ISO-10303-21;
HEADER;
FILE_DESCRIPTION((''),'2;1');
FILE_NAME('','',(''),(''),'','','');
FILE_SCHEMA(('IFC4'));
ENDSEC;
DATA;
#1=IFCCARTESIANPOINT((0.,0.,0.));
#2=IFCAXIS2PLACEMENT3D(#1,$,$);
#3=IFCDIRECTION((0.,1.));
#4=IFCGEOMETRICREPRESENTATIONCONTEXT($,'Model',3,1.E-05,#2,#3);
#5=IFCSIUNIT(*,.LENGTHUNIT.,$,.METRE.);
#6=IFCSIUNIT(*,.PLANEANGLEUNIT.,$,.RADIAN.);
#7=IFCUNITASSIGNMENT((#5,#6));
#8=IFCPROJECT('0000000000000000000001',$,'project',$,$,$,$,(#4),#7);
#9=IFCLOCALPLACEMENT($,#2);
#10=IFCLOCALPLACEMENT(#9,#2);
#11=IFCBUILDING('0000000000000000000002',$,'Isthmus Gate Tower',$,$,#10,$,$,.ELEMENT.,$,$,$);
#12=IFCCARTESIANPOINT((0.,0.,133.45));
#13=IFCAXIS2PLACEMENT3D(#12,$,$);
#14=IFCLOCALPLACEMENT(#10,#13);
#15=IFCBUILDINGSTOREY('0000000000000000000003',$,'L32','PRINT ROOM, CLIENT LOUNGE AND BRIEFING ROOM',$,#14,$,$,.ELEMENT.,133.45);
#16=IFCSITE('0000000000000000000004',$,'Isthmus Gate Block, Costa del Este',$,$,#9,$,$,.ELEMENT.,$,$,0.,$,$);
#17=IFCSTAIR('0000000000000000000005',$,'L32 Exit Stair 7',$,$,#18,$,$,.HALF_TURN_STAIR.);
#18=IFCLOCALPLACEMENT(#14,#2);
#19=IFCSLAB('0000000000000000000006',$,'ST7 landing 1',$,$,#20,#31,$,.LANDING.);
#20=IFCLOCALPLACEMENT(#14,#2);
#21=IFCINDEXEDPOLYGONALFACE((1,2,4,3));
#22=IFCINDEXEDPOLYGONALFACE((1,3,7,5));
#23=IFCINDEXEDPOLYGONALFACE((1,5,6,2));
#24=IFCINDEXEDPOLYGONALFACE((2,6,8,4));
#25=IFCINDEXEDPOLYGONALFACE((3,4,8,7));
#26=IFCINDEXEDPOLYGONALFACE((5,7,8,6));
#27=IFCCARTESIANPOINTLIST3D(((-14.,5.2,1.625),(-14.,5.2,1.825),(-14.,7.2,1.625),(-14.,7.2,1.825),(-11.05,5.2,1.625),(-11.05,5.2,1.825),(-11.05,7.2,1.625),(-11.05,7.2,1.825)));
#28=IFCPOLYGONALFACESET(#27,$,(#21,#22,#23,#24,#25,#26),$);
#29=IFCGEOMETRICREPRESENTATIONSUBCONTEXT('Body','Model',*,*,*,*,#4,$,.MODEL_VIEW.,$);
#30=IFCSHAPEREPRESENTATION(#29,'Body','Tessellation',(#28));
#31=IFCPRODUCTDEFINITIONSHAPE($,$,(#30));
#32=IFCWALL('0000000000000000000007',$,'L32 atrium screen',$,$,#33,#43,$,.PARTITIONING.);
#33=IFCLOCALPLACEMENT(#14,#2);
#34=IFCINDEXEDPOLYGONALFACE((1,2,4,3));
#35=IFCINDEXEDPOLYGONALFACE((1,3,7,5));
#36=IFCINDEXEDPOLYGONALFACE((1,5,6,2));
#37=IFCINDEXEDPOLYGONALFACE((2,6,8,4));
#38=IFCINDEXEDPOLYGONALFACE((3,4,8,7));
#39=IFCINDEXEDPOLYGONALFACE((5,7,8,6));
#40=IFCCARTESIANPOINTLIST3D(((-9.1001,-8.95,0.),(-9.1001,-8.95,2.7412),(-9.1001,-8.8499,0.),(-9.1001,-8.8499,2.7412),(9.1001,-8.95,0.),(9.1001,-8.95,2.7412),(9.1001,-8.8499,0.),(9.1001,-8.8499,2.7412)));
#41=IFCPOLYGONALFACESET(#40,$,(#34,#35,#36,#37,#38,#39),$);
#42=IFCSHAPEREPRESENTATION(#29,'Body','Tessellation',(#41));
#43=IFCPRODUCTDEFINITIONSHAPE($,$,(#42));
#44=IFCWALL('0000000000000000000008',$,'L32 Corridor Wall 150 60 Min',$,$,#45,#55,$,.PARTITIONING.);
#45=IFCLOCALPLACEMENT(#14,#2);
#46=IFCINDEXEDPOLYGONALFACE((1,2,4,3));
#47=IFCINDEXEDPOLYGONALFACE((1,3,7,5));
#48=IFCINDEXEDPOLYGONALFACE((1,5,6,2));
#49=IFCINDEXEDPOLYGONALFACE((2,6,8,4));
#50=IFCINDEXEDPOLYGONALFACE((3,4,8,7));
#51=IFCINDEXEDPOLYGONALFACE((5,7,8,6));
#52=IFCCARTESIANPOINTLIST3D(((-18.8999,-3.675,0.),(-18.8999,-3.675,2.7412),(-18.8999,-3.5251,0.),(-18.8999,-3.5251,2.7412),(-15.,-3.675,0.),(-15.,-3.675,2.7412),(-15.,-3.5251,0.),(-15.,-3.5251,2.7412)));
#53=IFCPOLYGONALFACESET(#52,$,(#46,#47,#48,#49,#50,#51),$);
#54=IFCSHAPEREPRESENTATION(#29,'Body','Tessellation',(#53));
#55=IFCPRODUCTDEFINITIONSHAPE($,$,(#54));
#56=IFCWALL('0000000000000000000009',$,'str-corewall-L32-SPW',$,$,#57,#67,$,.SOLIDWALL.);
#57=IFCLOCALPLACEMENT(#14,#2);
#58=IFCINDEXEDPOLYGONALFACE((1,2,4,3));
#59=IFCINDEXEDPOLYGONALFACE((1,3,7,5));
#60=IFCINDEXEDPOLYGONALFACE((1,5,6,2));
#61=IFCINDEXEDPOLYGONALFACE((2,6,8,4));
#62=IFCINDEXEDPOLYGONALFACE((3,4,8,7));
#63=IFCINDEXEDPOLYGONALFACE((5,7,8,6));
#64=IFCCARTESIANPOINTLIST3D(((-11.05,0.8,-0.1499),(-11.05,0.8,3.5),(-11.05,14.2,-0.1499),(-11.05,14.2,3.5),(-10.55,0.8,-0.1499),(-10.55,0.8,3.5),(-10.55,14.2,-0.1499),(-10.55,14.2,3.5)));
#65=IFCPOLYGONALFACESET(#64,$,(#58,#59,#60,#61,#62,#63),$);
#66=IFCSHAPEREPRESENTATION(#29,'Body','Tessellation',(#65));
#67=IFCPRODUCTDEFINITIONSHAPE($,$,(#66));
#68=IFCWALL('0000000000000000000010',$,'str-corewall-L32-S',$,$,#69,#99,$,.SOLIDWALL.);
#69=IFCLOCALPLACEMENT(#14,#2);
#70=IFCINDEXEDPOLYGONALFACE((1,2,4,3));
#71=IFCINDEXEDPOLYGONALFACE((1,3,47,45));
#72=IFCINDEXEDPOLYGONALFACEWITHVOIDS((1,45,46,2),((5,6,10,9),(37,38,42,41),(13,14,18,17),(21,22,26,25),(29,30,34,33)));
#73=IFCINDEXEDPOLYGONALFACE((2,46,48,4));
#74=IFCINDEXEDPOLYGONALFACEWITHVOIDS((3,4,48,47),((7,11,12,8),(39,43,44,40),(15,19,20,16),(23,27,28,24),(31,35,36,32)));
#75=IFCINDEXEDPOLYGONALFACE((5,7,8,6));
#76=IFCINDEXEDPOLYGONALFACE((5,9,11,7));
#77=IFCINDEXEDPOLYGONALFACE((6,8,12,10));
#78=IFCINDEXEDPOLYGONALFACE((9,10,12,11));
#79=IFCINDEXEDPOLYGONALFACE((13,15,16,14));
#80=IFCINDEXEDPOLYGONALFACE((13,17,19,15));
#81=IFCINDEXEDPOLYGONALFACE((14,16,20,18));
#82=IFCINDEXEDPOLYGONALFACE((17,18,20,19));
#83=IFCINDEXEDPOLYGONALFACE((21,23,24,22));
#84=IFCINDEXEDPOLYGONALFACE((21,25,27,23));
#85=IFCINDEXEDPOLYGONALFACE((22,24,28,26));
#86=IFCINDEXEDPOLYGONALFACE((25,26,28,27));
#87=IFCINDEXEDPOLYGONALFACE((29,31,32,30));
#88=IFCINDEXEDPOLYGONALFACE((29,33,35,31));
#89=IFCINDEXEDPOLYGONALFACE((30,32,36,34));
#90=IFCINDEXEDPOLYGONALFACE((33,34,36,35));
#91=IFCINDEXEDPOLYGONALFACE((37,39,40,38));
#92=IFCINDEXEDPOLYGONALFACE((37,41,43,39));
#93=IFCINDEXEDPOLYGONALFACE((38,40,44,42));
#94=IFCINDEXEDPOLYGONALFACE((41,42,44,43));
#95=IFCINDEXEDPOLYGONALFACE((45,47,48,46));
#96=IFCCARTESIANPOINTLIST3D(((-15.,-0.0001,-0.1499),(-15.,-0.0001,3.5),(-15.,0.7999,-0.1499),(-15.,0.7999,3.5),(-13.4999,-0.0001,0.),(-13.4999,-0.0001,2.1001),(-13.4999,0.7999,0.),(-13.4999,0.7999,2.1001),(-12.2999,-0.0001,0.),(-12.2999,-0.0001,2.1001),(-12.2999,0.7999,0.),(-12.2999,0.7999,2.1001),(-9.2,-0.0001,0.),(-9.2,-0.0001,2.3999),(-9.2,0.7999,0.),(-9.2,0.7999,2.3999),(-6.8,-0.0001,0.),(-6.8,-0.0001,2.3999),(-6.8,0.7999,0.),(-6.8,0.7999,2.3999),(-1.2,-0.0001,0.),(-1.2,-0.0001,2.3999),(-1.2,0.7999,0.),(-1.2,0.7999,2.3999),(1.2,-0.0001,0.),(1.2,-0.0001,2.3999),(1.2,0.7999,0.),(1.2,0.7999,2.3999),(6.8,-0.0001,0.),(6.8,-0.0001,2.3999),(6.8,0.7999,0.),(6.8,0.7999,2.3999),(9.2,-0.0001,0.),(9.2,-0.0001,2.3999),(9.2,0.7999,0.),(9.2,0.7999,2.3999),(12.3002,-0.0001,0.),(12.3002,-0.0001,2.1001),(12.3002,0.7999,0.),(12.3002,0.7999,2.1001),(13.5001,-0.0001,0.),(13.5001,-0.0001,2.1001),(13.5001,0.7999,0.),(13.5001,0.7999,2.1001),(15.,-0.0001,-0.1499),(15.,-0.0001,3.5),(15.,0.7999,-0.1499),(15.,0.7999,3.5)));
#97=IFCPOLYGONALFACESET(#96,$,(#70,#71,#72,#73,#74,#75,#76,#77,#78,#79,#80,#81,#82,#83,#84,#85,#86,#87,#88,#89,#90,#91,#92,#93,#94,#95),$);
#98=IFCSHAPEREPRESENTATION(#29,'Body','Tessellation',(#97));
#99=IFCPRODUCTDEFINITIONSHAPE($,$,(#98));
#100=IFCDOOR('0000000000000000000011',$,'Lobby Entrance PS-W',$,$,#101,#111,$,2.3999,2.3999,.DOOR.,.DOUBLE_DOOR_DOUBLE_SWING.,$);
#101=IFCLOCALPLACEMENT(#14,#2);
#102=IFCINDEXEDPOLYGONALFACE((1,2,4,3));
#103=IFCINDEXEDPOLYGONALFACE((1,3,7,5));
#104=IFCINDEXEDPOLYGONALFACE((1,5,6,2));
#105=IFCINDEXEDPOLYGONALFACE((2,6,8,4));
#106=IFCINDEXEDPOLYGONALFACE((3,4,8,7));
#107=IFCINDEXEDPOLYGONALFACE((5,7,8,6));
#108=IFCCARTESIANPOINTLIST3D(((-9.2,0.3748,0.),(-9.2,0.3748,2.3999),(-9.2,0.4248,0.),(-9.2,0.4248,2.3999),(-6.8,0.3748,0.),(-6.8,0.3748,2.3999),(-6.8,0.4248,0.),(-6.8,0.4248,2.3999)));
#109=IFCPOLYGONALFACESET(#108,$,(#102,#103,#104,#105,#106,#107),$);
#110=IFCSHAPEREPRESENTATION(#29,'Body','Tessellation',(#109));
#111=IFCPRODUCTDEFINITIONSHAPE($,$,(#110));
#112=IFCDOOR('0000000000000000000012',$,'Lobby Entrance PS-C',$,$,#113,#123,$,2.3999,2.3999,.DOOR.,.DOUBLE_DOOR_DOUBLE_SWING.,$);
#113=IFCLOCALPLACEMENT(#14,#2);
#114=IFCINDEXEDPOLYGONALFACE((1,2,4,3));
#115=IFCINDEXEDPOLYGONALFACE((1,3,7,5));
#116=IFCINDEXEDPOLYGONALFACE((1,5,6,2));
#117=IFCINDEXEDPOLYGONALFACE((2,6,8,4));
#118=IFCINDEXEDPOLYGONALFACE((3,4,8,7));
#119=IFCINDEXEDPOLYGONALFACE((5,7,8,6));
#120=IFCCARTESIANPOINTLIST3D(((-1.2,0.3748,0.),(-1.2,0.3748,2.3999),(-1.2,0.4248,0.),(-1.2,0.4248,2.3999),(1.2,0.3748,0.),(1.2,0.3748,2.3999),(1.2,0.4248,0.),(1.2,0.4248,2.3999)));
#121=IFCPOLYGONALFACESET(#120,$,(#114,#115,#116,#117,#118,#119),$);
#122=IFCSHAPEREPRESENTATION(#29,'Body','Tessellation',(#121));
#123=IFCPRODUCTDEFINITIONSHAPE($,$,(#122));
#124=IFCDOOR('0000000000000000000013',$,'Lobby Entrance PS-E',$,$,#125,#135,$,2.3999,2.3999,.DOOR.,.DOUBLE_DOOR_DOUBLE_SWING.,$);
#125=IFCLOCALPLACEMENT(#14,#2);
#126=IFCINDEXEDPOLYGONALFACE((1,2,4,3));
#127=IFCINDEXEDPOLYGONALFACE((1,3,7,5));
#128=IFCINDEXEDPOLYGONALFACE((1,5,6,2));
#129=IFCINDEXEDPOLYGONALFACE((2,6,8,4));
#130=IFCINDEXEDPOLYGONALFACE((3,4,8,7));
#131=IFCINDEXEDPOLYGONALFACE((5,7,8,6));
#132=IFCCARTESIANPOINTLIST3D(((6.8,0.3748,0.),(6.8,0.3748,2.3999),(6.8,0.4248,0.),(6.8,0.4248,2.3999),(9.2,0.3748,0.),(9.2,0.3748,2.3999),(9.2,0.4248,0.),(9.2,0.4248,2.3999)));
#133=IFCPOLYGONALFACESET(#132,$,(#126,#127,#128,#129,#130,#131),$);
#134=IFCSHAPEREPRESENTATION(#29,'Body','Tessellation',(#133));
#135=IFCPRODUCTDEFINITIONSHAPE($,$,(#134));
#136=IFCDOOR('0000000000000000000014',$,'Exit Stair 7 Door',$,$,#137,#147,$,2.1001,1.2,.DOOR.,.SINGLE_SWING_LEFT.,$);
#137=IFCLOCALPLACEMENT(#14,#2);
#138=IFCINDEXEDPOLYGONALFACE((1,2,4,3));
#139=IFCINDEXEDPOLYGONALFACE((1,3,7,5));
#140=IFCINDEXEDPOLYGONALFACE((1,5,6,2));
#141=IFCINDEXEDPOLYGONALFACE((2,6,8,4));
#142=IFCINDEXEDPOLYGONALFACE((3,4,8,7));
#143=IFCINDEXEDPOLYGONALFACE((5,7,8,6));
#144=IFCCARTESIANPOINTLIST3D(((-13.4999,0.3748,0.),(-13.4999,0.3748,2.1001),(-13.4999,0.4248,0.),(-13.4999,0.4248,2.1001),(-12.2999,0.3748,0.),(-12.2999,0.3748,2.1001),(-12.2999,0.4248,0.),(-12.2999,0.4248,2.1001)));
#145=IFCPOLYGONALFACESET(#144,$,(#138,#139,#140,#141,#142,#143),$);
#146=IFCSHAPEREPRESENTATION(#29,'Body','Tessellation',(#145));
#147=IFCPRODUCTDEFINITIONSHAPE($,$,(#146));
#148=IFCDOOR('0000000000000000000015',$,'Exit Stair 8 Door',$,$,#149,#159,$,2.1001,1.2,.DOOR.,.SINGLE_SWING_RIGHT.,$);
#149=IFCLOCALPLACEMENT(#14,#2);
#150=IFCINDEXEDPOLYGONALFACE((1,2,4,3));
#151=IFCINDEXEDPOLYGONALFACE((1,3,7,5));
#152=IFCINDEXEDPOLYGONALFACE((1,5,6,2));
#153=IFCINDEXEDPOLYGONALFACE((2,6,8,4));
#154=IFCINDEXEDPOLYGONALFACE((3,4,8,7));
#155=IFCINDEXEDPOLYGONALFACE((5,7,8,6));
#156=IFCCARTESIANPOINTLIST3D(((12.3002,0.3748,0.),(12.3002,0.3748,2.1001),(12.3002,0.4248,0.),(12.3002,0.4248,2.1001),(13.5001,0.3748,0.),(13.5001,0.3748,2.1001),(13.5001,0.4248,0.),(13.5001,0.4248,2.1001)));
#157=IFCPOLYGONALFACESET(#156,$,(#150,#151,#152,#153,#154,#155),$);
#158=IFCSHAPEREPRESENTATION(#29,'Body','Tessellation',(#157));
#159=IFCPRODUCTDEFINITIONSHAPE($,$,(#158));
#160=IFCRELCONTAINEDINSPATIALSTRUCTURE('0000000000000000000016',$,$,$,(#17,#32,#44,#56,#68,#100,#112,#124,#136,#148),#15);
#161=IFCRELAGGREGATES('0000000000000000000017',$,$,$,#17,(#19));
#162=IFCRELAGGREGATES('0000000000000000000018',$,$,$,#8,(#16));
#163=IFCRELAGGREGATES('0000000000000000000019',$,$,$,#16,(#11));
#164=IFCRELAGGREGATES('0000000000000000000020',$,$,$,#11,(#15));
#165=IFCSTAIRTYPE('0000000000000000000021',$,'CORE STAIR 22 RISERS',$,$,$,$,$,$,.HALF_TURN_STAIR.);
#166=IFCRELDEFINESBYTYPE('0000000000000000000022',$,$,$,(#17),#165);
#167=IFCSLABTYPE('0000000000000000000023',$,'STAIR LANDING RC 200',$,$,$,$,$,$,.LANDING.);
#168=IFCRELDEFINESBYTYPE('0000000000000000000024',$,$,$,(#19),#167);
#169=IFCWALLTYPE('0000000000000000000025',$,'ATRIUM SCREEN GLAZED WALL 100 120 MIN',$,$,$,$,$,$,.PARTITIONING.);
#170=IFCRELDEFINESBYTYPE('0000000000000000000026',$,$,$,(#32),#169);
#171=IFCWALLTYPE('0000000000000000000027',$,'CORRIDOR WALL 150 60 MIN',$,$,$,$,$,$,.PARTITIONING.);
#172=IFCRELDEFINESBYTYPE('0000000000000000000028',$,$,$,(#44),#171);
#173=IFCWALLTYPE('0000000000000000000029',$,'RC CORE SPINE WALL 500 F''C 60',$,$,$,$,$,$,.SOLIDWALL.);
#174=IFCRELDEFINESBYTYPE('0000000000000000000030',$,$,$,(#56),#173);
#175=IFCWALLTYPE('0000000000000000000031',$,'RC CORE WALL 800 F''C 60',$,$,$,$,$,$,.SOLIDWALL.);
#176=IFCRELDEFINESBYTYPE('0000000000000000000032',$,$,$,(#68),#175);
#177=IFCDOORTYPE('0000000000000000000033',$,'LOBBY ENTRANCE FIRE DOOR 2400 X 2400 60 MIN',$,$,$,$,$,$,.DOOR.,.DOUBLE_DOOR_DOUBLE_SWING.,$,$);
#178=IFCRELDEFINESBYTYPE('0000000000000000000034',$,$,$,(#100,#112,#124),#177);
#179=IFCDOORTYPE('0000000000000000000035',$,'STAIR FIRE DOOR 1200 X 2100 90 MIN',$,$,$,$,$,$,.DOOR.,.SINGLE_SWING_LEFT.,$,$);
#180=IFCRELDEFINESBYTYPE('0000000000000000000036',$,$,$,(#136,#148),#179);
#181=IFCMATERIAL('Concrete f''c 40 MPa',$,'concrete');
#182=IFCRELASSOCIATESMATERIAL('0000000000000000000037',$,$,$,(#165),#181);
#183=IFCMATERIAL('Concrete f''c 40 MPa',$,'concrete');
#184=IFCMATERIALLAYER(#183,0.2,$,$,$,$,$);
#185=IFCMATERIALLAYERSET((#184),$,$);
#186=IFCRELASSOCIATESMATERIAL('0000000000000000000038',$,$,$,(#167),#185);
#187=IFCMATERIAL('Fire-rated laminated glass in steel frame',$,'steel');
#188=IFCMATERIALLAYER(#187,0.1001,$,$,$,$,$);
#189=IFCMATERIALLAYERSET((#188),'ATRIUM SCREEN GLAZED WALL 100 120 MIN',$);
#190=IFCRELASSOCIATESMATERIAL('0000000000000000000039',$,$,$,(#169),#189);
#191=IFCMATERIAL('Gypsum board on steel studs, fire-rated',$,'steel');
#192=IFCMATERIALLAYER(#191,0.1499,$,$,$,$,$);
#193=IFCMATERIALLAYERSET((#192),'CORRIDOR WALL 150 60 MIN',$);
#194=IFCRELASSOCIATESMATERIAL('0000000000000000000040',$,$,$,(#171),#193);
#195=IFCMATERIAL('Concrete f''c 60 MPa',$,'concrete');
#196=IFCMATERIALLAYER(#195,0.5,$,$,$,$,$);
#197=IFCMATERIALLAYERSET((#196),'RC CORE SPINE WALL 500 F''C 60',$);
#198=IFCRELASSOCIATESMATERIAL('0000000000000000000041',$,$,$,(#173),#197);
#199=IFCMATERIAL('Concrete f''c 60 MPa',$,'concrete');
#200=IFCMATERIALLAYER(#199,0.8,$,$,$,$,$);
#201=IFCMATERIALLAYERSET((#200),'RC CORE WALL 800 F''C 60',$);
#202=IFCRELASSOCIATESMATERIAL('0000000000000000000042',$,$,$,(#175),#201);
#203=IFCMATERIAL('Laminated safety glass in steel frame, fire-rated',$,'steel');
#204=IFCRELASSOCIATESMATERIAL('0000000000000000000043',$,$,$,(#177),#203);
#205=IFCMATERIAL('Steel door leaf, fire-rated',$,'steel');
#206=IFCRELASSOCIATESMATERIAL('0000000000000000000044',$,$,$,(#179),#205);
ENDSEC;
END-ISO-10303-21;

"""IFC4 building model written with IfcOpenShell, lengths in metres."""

from ifc_helpers import new_model, si_unit, direction, frame, frame_2d, origin, place, context, subcontext, project, spatial, polyline, rectangle, outline, extrude, material, layer, layer_set, type_object, element, fill, aggregate, save


model = new_model("IFC4")

# Units and contexts
model_context = context("Model", 3, precision=1e-05, world=origin(), true_north=direction((0.0, 1.0)))
body_context = subcontext(model_context, "Body", "Model", "MODEL_VIEW")
ifc_project = project(units=[si_unit("LENGTHUNIT", "METRE"), si_unit("PLANEANGLEUNIT", "RADIAN")], contexts=[model_context])

# Site, building, storey
site_placement = place(None, origin())
site = spatial("IfcSite", under=ifc_project, at=site_placement, Name="Isthmus Gate Block, Costa del Este", CompositionType="ELEMENT", RefElevation=0.0)
building_placement = place(site_placement, origin())
building = spatial("IfcBuilding", under=site, at=building_placement, Name="Isthmus Gate Tower", CompositionType="ELEMENT")
storey_placement = place(building_placement, frame((0.0, 0.0, 133.45)))
storey = spatial("IfcBuildingStorey", under=building, at=storey_placement, Name="L32", Description="PRINT ROOM, CLIENT LOUNGE AND BRIEFING ROOM", CompositionType="ELEMENT", Elevation=133.45)

# Stair, slab
ifc_material_1 = material(Name="Concrete f'c 40 MPa", Category="concrete")
stair_type = type_object("IfcStairType", Name="CORE STAIR 22 RISERS", PredefinedType="HALF_TURN_STAIR", material=ifc_material_1)
ifc_material_2 = material(Name="Concrete f'c 40 MPa", Category="concrete")
ifc_layer_1 = layer(ifc_material_2, 0.2)
ifc_layer_set_1 = layer_set([ifc_layer_1])
slab_type_1 = type_object("IfcSlabType", Name="STAIR LANDING RC 200", PredefinedType="LANDING", material=ifc_layer_set_1)
stair_1_placement = place(storey_placement, origin())
stair_1 = element("IfcStair", 1, at=stair_1_placement, inside=storey, type_object=stair_type, Name="L32 Exit Stair 7", PredefinedType="HALF_TURN_STAIR")
slab_1_placement = place(storey_placement, frame((0.0, 0.0, 1.625)))
slab_1 = element("IfcSlab", 2, at=slab_1_placement, type_object=slab_type_1, Name="ST7 landing 1", PredefinedType="LANDING", context=body_context, shape_type="SweptSolid", body=[
    extrude(outline(polyline([(-11.05, 5.2), (-11.05, 7.2), (-14.0, 7.2), (-14.0, 5.2), (-11.05, 5.2)])), origin(), (0.0, 0.0, 1.0), 0.2),
])
aggregate(stair_1, [slab_1])

# Walls
ifc_material_3 = material(Name="Fire-rated laminated glass in steel frame", Category="steel")
ifc_layer_2 = layer(ifc_material_3, 0.1001)
ifc_layer_set_2 = layer_set([ifc_layer_2], Name="ATRIUM SCREEN GLAZED WALL 100 120 MIN")
wall_type_1 = type_object("IfcWallType", Name="ATRIUM SCREEN GLAZED WALL 100 120 MIN", PredefinedType="PARTITIONING", material=ifc_layer_set_2)
wall_1_placement = place(storey_placement, frame((-9.1001, -8.8999, 0.0), z_axis=(0.0, 0.0, 1.0), x_axis=(1.0, 0.0, 0.0)))
element("IfcWall", 3, at=wall_1_placement, inside=storey, type_object=wall_type_1, Name="L32 atrium screen", PredefinedType="PARTITIONING", context=body_context, shape_type="SweptSolid", body=[
    extrude(rectangle(XDim=18.2002, YDim=0.1001, at=frame_2d((9.1001, 0.0))), origin(), (0.0, 0.0, 1.0), 2.7412),
])
ifc_material_4 = material(Name="Gypsum board on steel studs, fire-rated", Category="steel")
ifc_layer_3 = layer(ifc_material_4, 0.1499)
ifc_layer_set_3 = layer_set([ifc_layer_3], Name="CORRIDOR WALL 150 60 MIN")
wall_type_2 = type_object("IfcWallType", Name="CORRIDOR WALL 150 60 MIN", PredefinedType="PARTITIONING", material=ifc_layer_set_3)
wall_2_placement = place(storey_placement, frame((-15.0, -3.6001, 0.0), z_axis=(0.0, 0.0, 1.0), x_axis=(-1.0, 0.0, 0.0)))
element("IfcWall", 4, at=wall_2_placement, inside=storey, type_object=wall_type_2, Name="L32 Corridor Wall 150 60 Min", PredefinedType="PARTITIONING", context=body_context, shape_type="SweptSolid", body=[
    extrude(rectangle(XDim=3.8999, YDim=0.1499, at=frame_2d((1.95, 0.0))), origin(), (0.0, 0.0, 1.0), 2.7412),
])
ifc_material_5 = material(Name="Concrete f'c 60 MPa", Category="concrete")
ifc_layer_4 = layer(ifc_material_5, 0.5)
ifc_layer_set_4 = layer_set([ifc_layer_4], Name="RC CORE SPINE WALL 500 F'C 60")
wall_type_3 = type_object("IfcWallType", Name="RC CORE SPINE WALL 500 F'C 60", PredefinedType="SOLIDWALL", material=ifc_layer_set_4)
wall_3_placement = place(storey_placement, frame((-10.8, 0.8, -0.1499), z_axis=(0.0, 0.0, 1.0), x_axis=(0.0, 1.0, 0.0)))
element("IfcWall", 5, at=wall_3_placement, inside=storey, type_object=wall_type_3, Name="str-corewall-L32-SPW", PredefinedType="SOLIDWALL", context=body_context, shape_type="SweptSolid", body=[
    extrude(rectangle(XDim=13.3999, YDim=0.5, at=frame_2d((6.7, 0.0))), origin(), (0.0, 0.0, 1.0), 3.6499),
])

# Wall, openings, doors
ifc_material_6 = material(Name="Concrete f'c 60 MPa", Category="concrete")
ifc_layer_5 = layer(ifc_material_6, 0.8)
ifc_layer_set_5 = layer_set([ifc_layer_5], Name="RC CORE WALL 800 F'C 60")
wall_type_4 = type_object("IfcWallType", Name="RC CORE WALL 800 F'C 60", PredefinedType="SOLIDWALL", material=ifc_layer_set_5)
wall_4_placement = place(storey_placement, frame((-15.0, 0.3999, -0.1499), z_axis=(0.0, 0.0, 1.0), x_axis=(1.0, 0.0, 0.0)))
wall_4 = element("IfcWall", 6, at=wall_4_placement, inside=storey, type_object=wall_type_4, Name="str-corewall-L32-S", PredefinedType="SOLIDWALL", context=body_context, shape_type="SweptSolid", body=[
    extrude(rectangle(XDim=30.0, YDim=0.8, at=frame_2d((15.0, 0.0))), origin(), (0.0, 0.0, 1.0), 3.6499),
])
opening_1_placement = place(wall_4_placement, frame((5.8, 0.0, 0.1499)))
opening_1 = element("IfcOpeningElement", 7, at=opening_1_placement, cuts=wall_4, PredefinedType="OPENING", context=body_context, shape_type="SweptSolid", body=[
    extrude(rectangle(XDim=2.3999, YDim=2.3999, at=frame_2d((1.2, 1.2))), frame((0.0, 0.4099, 0.0), z_axis=(0.0, -1.0, 0.0), x_axis=(1.0, 0.0, 0.0)), (0.0, 0.0, 1.0), 0.8201),
])
opening_2_placement = place(wall_4_placement, frame((13.8, 0.0, 0.1499)))
opening_2 = element("IfcOpeningElement", 8, at=opening_2_placement, cuts=wall_4, PredefinedType="OPENING", context=body_context, shape_type="SweptSolid", body=[
    extrude(rectangle(XDim=2.3999, YDim=2.3999, at=frame_2d((1.2, 1.2))), frame((0.0, 0.4099, 0.0), z_axis=(0.0, -1.0, 0.0), x_axis=(1.0, 0.0, 0.0)), (0.0, 0.0, 1.0), 0.8201),
])
opening_3_placement = place(wall_4_placement, frame((21.8, 0.0, 0.1499)))
opening_3 = element("IfcOpeningElement", 9, at=opening_3_placement, cuts=wall_4, PredefinedType="OPENING", context=body_context, shape_type="SweptSolid", body=[
    extrude(rectangle(XDim=2.3999, YDim=2.3999, at=frame_2d((1.2, 1.2))), frame((0.0, 0.4099, 0.0), z_axis=(0.0, -1.0, 0.0), x_axis=(1.0, 0.0, 0.0)), (0.0, 0.0, 1.0), 0.8201),
])
opening_4_placement = place(wall_4_placement, frame((1.5, 0.0, 0.1499)))
opening_4 = element("IfcOpeningElement", 10, at=opening_4_placement, cuts=wall_4, PredefinedType="OPENING", context=body_context, shape_type="SweptSolid", body=[
    extrude(rectangle(XDim=1.2, YDim=2.1001, at=frame_2d((0.6001, 1.05))), frame((0.0, 0.4099, 0.0), z_axis=(0.0, -1.0, 0.0), x_axis=(1.0, 0.0, 0.0)), (0.0, 0.0, 1.0), 0.8201),
])
opening_5_placement = place(wall_4_placement, frame((27.3, 0.0, 0.1499)))
opening_5 = element("IfcOpeningElement", 11, at=opening_5_placement, cuts=wall_4, PredefinedType="OPENING", context=body_context, shape_type="SweptSolid", body=[
    extrude(rectangle(XDim=1.2, YDim=2.1001, at=frame_2d((0.6001, 1.05))), frame((0.0, 0.4099, 0.0), z_axis=(0.0, -1.0, 0.0), x_axis=(1.0, 0.0, 0.0)), (0.0, 0.0, 1.0), 0.8201),
])
ifc_material_7 = material(Name="Laminated safety glass in steel frame, fire-rated", Category="steel")
door_type_1 = type_object("IfcDoorType", Name="LOBBY ENTRANCE FIRE DOOR 2400 X 2400 60 MIN", OperationType="DOUBLE_DOOR_DOUBLE_SWING", PredefinedType="DOOR", material=ifc_material_7)
door_1_placement = place(opening_1_placement, origin())
door_1 = element("IfcDoor", 12, at=door_1_placement, inside=storey, type_object=door_type_1, Name="Lobby Entrance PS-W", OperationType="DOUBLE_DOOR_DOUBLE_SWING", OverallHeight=2.3999, OverallWidth=2.3999, PredefinedType="DOOR", context=body_context, shape_type="SweptSolid", body=[
    extrude(rectangle(XDim=2.3999, YDim=2.3999, at=frame_2d((1.2, 1.2))), frame((0.0, 0.0249, 0.0), z_axis=(0.0, -1.0, 0.0), x_axis=(1.0, 0.0, 0.0)), (0.0, 0.0, 1.0), 0.05),
])
fill(opening_1, door_1)
door_2_placement = place(opening_2_placement, origin())
door_2 = element("IfcDoor", 13, at=door_2_placement, inside=storey, type_object=door_type_1, Name="Lobby Entrance PS-C", OperationType="DOUBLE_DOOR_DOUBLE_SWING", OverallHeight=2.3999, OverallWidth=2.3999, PredefinedType="DOOR", context=body_context, shape_type="SweptSolid", body=[
    extrude(rectangle(XDim=2.3999, YDim=2.3999, at=frame_2d((1.2, 1.2))), frame((0.0, 0.0249, 0.0), z_axis=(0.0, -1.0, 0.0), x_axis=(1.0, 0.0, 0.0)), (0.0, 0.0, 1.0), 0.05),
])
fill(opening_2, door_2)
door_3_placement = place(opening_3_placement, origin())
door_3 = element("IfcDoor", 14, at=door_3_placement, inside=storey, type_object=door_type_1, Name="Lobby Entrance PS-E", OperationType="DOUBLE_DOOR_DOUBLE_SWING", OverallHeight=2.3999, OverallWidth=2.3999, PredefinedType="DOOR", context=body_context, shape_type="SweptSolid", body=[
    extrude(rectangle(XDim=2.3999, YDim=2.3999, at=frame_2d((1.2, 1.2))), frame((0.0, 0.0249, 0.0), z_axis=(0.0, -1.0, 0.0), x_axis=(1.0, 0.0, 0.0)), (0.0, 0.0, 1.0), 0.05),
])
fill(opening_3, door_3)
ifc_material_8 = material(Name="Steel door leaf, fire-rated", Category="steel")
door_type_2 = type_object("IfcDoorType", Name="STAIR FIRE DOOR 1200 X 2100 90 MIN", OperationType="SINGLE_SWING_LEFT", PredefinedType="DOOR", material=ifc_material_8)
door_4_placement = place(opening_4_placement, origin())
door_4 = element("IfcDoor", 15, at=door_4_placement, inside=storey, type_object=door_type_2, Name="Exit Stair 7 Door", OperationType="SINGLE_SWING_LEFT", OverallHeight=2.1001, OverallWidth=1.2, PredefinedType="DOOR", context=body_context, shape_type="SweptSolid", body=[
    extrude(rectangle(XDim=1.2, YDim=2.1001, at=frame_2d((0.6001, 1.05))), frame((0.0, 0.0249, 0.0), z_axis=(0.0, -1.0, 0.0), x_axis=(1.0, 0.0, 0.0)), (0.0, 0.0, 1.0), 0.05),
])
fill(opening_4, door_4)
door_5_placement = place(opening_5_placement, origin())
door_5 = element("IfcDoor", 16, at=door_5_placement, inside=storey, type_object=door_type_2, Name="Exit Stair 8 Door", OperationType="SINGLE_SWING_RIGHT", OverallHeight=2.1001, OverallWidth=1.2, PredefinedType="DOOR", context=body_context, shape_type="SweptSolid", body=[
    extrude(rectangle(XDim=1.2, YDim=2.1001, at=frame_2d((0.6001, 1.05))), frame((0.0, 0.0249, 0.0), z_axis=(0.0, -1.0, 0.0), x_axis=(1.0, 0.0, 0.0)), (0.0, 0.0, 1.0), 0.05),
])
fill(opening_5, door_5)

save(model, "model.ifc")
